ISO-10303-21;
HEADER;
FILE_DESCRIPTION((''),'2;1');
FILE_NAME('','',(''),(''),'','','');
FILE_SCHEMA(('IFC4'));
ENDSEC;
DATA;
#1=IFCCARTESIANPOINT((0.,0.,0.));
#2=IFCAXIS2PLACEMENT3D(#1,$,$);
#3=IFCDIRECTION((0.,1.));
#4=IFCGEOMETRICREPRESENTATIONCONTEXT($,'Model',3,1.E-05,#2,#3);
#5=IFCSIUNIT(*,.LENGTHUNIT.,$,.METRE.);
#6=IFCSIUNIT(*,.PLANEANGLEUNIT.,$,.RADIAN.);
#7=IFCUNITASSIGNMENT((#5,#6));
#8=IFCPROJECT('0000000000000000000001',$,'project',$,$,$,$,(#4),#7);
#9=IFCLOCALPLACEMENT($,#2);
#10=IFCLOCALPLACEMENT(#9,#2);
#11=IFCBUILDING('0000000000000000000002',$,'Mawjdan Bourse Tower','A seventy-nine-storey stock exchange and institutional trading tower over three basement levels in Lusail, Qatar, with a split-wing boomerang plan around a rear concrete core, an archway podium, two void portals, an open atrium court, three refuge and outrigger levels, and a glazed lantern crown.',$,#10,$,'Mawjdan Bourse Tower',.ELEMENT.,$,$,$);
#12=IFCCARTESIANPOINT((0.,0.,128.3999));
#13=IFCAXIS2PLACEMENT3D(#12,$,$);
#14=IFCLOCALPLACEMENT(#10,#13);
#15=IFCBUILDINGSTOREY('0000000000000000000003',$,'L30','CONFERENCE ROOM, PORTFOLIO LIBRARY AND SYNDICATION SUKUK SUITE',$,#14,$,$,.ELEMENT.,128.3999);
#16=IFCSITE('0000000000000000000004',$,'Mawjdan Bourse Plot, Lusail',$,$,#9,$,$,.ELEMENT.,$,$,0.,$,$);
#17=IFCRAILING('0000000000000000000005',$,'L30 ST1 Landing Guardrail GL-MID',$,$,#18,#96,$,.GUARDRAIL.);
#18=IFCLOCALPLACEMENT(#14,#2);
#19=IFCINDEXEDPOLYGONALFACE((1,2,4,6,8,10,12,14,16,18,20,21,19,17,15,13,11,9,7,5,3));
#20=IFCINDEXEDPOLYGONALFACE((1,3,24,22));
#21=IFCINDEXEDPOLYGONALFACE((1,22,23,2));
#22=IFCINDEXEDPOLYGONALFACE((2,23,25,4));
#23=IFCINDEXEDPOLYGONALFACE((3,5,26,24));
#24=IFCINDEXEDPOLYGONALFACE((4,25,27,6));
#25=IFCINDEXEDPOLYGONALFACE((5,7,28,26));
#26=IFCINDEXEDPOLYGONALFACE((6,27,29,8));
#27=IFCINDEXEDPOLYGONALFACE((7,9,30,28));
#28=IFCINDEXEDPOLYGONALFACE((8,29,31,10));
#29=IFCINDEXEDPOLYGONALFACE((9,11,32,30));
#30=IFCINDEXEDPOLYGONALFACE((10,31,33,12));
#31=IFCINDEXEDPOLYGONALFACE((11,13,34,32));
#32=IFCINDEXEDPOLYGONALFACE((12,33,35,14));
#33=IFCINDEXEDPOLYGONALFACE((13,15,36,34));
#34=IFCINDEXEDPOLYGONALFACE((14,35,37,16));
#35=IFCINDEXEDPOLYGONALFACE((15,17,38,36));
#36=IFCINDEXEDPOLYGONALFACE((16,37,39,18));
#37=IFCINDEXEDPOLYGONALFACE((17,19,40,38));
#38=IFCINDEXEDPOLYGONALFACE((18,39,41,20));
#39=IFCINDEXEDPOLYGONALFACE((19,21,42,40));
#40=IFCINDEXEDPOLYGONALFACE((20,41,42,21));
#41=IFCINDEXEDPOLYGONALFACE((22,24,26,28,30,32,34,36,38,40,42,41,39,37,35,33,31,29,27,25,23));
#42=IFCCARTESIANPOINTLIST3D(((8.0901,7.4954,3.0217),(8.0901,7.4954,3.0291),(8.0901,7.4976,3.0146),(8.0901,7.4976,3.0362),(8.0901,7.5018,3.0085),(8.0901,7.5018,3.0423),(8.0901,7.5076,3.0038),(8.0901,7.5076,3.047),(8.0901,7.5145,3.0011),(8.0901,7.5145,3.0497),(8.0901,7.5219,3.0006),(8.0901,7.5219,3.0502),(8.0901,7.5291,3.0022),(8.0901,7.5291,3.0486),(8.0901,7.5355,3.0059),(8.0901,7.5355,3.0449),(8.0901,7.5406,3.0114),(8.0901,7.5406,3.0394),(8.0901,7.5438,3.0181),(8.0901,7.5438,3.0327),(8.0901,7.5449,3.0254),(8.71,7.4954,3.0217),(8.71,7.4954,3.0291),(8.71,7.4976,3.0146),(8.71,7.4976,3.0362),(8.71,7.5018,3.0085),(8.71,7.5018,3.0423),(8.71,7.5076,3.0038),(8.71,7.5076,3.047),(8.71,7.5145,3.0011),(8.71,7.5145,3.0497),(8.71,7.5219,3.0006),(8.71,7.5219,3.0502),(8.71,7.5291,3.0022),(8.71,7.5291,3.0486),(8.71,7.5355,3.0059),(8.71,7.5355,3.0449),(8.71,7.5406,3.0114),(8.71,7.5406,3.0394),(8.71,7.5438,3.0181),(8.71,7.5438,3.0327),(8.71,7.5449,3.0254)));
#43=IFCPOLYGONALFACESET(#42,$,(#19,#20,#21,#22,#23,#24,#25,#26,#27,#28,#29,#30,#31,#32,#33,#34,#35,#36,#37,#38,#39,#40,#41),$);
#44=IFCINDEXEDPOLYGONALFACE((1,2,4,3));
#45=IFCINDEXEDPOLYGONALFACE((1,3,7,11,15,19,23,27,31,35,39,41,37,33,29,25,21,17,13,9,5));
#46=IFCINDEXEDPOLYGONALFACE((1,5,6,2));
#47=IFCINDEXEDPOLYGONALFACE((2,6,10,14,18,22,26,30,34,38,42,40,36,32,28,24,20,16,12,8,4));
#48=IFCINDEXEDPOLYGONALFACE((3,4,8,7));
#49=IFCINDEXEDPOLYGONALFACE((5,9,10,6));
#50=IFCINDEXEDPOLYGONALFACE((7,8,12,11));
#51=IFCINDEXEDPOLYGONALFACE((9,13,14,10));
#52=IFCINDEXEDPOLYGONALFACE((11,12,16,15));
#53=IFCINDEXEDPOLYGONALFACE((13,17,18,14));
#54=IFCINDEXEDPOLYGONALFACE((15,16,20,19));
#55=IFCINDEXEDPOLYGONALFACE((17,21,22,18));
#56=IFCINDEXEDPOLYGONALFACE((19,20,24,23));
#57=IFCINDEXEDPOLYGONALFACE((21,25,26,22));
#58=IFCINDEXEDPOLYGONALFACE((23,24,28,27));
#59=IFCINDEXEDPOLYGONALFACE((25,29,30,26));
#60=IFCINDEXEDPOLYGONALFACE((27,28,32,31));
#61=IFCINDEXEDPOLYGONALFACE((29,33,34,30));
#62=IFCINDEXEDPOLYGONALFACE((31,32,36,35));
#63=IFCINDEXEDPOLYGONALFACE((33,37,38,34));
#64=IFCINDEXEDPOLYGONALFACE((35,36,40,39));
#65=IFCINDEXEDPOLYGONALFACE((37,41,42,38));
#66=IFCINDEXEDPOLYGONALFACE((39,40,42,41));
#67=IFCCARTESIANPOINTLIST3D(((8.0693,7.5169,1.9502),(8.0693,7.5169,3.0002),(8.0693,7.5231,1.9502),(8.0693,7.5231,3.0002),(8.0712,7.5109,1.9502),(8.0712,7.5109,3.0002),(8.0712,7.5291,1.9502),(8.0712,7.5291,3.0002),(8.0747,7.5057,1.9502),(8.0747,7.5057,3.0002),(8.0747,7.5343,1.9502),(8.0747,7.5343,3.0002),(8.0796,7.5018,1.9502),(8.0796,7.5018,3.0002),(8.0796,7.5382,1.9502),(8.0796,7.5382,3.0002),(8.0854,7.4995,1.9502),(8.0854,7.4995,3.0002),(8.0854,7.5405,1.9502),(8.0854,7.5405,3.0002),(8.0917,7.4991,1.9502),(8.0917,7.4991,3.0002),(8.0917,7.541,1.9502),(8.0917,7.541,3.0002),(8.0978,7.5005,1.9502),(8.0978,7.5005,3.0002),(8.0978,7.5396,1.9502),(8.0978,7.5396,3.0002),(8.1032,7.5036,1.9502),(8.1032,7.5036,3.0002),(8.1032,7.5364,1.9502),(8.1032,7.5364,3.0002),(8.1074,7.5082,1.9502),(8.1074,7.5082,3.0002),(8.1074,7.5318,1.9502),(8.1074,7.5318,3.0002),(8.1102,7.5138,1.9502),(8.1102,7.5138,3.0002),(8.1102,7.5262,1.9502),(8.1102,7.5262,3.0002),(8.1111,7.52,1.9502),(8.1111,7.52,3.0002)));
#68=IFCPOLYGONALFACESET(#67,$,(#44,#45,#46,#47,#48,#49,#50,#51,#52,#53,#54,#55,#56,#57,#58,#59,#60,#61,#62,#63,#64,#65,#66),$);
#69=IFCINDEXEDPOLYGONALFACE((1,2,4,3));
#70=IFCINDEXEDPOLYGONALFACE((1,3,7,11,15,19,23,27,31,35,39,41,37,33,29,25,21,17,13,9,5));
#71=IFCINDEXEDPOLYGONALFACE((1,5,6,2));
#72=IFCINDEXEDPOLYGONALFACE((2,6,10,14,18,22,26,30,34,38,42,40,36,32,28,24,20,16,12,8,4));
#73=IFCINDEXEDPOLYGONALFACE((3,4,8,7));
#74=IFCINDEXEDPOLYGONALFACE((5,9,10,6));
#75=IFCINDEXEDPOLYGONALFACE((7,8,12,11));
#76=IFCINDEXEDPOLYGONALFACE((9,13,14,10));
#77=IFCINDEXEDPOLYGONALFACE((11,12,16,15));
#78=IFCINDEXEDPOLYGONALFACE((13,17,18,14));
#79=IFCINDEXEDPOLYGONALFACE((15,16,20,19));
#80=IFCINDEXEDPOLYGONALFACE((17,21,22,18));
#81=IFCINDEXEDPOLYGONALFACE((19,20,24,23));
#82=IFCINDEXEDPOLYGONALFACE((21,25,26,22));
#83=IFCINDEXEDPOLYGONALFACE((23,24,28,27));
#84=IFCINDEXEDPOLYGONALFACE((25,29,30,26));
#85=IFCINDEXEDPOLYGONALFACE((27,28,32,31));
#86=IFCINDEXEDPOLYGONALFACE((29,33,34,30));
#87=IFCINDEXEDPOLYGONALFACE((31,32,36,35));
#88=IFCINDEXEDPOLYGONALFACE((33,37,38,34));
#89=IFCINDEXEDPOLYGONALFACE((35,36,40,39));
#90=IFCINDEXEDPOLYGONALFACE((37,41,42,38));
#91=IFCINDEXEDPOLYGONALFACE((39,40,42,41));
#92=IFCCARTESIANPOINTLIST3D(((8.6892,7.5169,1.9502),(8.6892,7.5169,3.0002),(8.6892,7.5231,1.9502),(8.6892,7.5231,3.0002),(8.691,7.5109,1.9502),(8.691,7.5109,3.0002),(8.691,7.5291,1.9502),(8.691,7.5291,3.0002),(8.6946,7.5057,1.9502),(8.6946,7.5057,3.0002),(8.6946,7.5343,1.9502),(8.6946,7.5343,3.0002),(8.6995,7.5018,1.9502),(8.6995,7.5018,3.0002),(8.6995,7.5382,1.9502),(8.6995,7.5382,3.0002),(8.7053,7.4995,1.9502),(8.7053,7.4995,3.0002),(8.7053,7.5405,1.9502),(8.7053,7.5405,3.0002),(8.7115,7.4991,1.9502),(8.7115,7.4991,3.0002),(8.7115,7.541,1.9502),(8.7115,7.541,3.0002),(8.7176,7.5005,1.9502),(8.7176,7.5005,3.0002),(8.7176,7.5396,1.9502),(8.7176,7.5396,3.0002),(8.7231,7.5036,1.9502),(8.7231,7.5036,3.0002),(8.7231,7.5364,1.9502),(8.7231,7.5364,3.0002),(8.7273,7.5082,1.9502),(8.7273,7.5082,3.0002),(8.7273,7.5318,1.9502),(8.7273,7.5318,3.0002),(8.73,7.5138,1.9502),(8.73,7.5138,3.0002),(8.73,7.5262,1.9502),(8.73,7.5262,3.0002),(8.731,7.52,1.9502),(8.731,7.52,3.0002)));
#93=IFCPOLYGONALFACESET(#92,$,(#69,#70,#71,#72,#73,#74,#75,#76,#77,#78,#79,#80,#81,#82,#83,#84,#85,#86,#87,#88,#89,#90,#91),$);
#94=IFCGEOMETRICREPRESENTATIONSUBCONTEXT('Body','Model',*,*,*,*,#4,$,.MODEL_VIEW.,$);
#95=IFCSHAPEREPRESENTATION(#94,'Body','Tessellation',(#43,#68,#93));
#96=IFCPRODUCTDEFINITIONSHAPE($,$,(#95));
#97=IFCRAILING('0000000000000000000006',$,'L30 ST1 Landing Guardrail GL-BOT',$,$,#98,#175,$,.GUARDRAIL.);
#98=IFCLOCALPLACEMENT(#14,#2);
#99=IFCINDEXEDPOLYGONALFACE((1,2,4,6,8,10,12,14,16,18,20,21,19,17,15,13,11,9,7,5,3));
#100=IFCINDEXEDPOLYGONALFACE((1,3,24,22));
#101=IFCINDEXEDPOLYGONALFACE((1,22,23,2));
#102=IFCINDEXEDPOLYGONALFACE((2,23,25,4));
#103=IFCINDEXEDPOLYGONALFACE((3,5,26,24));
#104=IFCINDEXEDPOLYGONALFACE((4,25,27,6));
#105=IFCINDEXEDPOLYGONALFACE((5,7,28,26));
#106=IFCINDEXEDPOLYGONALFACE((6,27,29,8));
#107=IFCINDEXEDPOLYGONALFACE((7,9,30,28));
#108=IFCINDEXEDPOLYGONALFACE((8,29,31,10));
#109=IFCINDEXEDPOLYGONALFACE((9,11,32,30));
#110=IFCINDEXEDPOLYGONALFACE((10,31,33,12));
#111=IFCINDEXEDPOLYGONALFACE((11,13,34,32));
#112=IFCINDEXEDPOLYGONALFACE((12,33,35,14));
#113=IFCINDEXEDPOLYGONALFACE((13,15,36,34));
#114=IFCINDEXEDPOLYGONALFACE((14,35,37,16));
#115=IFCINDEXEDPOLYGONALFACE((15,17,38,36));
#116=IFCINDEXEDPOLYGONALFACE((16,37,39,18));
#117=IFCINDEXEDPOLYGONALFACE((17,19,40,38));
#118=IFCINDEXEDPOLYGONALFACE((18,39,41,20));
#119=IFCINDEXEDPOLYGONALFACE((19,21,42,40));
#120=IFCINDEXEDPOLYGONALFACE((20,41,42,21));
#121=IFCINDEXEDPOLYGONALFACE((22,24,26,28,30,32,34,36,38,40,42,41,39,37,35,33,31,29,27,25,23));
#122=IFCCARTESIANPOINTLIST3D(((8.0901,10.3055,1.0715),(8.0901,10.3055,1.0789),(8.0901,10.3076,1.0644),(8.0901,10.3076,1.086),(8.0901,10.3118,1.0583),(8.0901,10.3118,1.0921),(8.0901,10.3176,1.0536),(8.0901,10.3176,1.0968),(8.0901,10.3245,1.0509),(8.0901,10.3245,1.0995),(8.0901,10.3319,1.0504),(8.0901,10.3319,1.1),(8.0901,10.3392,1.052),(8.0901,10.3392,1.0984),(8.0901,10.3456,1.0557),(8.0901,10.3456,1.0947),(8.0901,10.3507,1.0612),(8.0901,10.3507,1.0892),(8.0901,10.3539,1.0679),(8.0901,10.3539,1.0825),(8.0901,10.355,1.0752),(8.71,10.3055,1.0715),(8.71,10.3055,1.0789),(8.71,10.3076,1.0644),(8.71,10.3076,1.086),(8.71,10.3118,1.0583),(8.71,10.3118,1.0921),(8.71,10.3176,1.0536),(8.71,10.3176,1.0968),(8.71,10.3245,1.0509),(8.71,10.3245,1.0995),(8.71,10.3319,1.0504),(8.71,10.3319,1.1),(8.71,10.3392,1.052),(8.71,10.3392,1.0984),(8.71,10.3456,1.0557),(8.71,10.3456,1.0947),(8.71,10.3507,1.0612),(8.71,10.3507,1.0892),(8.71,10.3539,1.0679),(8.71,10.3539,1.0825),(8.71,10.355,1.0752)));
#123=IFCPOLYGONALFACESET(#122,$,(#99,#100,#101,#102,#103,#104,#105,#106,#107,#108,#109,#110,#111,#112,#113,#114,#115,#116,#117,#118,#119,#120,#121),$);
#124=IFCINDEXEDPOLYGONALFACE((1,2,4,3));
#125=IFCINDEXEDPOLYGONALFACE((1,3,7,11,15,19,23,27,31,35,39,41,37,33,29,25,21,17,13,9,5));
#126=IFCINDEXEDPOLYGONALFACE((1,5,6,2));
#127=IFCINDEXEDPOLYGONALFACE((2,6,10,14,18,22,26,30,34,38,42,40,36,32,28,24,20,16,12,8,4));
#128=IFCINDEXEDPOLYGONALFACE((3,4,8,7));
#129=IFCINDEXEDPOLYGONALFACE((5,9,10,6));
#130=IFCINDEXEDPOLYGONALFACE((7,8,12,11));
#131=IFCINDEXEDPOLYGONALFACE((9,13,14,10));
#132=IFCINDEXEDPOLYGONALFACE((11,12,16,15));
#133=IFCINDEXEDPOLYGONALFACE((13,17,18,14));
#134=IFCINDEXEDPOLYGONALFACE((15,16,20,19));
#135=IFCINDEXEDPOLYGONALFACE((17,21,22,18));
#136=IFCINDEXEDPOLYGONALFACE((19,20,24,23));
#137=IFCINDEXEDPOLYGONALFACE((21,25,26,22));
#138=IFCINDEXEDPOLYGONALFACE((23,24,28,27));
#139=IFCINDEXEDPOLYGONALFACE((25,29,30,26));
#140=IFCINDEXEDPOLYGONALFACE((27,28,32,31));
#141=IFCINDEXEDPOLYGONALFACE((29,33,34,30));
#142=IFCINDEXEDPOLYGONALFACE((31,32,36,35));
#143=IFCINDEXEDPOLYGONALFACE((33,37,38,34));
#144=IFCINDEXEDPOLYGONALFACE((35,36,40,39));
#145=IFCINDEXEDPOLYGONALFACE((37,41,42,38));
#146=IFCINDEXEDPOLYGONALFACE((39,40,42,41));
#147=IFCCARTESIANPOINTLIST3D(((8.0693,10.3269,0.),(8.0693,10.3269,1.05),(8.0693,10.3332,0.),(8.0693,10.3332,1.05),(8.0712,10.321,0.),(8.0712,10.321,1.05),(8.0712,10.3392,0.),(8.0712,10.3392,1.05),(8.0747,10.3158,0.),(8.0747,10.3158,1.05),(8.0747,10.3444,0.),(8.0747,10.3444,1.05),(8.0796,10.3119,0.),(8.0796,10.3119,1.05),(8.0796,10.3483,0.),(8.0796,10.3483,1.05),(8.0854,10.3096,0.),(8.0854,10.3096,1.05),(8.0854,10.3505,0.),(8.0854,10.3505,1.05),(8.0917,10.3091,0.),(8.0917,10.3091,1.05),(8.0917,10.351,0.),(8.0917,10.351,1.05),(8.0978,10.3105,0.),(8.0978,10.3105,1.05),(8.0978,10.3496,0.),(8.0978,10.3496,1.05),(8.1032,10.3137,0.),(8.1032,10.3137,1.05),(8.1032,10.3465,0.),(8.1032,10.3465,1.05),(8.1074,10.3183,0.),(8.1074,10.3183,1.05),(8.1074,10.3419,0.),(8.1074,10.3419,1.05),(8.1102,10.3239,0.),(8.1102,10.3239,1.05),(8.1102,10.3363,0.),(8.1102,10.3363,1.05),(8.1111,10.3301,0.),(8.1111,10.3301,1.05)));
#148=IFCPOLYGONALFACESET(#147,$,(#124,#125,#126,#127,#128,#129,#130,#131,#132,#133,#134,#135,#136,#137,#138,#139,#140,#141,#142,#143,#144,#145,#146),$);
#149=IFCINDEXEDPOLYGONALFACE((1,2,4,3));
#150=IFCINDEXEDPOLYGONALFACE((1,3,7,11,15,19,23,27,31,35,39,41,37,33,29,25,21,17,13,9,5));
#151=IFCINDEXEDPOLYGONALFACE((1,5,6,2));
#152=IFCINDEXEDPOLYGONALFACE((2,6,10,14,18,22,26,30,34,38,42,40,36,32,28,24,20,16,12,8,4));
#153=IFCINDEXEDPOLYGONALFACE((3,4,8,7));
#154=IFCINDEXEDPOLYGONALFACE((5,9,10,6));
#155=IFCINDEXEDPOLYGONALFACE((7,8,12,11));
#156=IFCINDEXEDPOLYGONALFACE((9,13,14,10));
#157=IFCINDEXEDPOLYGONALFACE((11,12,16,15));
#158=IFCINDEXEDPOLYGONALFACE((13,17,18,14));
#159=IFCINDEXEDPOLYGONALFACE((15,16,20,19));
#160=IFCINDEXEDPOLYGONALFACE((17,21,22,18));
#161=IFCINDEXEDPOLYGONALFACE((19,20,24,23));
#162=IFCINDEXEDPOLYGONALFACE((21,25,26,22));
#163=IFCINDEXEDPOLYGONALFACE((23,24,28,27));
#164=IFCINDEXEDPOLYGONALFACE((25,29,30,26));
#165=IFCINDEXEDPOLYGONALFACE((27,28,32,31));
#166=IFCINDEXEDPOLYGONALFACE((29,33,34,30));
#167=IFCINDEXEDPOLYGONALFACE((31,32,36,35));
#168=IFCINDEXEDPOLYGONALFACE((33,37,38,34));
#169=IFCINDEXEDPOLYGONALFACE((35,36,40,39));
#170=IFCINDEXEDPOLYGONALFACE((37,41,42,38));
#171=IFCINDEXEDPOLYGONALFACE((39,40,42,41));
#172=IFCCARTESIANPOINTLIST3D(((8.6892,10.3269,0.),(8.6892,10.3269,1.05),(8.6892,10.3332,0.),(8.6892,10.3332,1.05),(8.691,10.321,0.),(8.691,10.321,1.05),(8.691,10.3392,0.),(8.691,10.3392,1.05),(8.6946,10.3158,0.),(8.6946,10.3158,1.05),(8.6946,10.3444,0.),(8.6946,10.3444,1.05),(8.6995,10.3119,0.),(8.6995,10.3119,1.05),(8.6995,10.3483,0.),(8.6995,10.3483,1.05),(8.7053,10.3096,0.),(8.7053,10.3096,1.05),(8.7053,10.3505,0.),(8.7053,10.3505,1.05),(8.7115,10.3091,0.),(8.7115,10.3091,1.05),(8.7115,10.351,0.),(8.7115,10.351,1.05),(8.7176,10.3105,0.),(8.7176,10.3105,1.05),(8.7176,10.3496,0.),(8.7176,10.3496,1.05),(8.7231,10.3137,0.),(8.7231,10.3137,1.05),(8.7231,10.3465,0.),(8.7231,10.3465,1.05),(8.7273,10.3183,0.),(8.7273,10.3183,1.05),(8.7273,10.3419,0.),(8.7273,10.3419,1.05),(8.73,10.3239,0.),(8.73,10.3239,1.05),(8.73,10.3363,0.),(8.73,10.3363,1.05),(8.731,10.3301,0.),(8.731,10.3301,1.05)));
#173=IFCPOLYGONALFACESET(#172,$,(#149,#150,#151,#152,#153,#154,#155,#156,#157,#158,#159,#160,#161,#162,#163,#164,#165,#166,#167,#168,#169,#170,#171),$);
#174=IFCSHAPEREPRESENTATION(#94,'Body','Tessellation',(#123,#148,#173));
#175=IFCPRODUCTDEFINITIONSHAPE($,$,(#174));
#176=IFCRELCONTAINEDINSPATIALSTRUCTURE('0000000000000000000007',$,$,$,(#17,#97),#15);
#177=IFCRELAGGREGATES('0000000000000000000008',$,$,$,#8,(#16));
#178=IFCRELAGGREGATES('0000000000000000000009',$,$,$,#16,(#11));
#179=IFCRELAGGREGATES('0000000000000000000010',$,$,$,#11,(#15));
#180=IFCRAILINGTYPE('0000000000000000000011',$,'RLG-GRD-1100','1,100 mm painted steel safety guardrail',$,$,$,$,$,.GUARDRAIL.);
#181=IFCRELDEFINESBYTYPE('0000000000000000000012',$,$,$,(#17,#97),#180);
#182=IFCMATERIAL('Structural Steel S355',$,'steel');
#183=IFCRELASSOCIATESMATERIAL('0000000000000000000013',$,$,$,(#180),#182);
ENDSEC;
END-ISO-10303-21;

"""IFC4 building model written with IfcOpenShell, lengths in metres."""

from ifc_helpers import new_model, si_unit, direction, frame, origin, origin_2d, place, context, subcontext, project, spatial, circle, extrude, material, type_object, element, save


model = new_model("IFC4")

# Units and contexts
model_context = context("Model", 3, precision=1e-05, world=origin(), true_north=direction((0.0, 1.0)))
body_context = subcontext(model_context, "Body", "Model", "MODEL_VIEW")
ifc_project = project(units=[si_unit("LENGTHUNIT", "METRE"), si_unit("PLANEANGLEUNIT", "RADIAN")], contexts=[model_context])

# Site, building, storey
site_placement = place(None, origin())
site = spatial("IfcSite", under=ifc_project, at=site_placement, Name="Mawjdan Bourse Plot, Lusail", CompositionType="ELEMENT", RefElevation=0.0)
building_placement = place(site_placement, origin())
building = spatial("IfcBuilding", under=site, at=building_placement, Name="Mawjdan Bourse Tower", Description="A seventy-nine-storey stock exchange and institutional trading tower over three basement levels in Lusail, Qatar, with a split-wing boomerang plan around a rear concrete core, an archway podium, two void portals, an open atrium court, three refuge and outrigger levels, and a glazed lantern crown.", LongName="Mawjdan Bourse Tower", CompositionType="ELEMENT")
storey_placement = place(building_placement, frame((0.0, 0.0, 128.3999)))
storey = spatial("IfcBuildingStorey", under=building, at=storey_placement, Name="L30", Description="CONFERENCE ROOM, PORTFOLIO LIBRARY AND SYNDICATION SUKUK SUITE", CompositionType="ELEMENT", Elevation=128.3999)

# Railings
ifc_material_1 = material(Name="Structural Steel S355", Category="steel")
railing_type_1 = type_object("IfcRailingType", Name="RLG-GRD-1100", Description="1,100 mm painted steel safety guardrail", PredefinedType="GUARDRAIL", material=ifc_material_1)
for number, where, name in (
    (1, (8.0901, 7.52, 1.9502), "L30 ST1 Landing Guardrail GL-MID"),
    (2, (8.0901, 10.3301, 0.0), "L30 ST1 Landing Guardrail GL-BOT"),
):
    element("IfcRailing", number, at=place(storey_placement, frame(where)), inside=storey, type_object=railing_type_1, Name=name, PredefinedType="GUARDRAIL", context=body_context, shape_type="SweptSolid", body=[
        extrude(circle(Radius=0.0249, at=origin_2d()), frame((0.0, 0.0, 1.0752), z_axis=(1.0, 0.0, 0.0), x_axis=(0.0, 1.0, 0.0)), (0.0, 0.0, 1.0), 0.6199),
        extrude(circle(Radius=0.021, at=origin_2d()), origin(), (0.0, 0.0, 1.0), 1.05),
        extrude(circle(Radius=0.021, at=origin_2d()), frame((0.6199, 0.0, 0.0)), (0.0, 0.0, 1.0), 1.05),
    ])

save(model, "model.ifc")
